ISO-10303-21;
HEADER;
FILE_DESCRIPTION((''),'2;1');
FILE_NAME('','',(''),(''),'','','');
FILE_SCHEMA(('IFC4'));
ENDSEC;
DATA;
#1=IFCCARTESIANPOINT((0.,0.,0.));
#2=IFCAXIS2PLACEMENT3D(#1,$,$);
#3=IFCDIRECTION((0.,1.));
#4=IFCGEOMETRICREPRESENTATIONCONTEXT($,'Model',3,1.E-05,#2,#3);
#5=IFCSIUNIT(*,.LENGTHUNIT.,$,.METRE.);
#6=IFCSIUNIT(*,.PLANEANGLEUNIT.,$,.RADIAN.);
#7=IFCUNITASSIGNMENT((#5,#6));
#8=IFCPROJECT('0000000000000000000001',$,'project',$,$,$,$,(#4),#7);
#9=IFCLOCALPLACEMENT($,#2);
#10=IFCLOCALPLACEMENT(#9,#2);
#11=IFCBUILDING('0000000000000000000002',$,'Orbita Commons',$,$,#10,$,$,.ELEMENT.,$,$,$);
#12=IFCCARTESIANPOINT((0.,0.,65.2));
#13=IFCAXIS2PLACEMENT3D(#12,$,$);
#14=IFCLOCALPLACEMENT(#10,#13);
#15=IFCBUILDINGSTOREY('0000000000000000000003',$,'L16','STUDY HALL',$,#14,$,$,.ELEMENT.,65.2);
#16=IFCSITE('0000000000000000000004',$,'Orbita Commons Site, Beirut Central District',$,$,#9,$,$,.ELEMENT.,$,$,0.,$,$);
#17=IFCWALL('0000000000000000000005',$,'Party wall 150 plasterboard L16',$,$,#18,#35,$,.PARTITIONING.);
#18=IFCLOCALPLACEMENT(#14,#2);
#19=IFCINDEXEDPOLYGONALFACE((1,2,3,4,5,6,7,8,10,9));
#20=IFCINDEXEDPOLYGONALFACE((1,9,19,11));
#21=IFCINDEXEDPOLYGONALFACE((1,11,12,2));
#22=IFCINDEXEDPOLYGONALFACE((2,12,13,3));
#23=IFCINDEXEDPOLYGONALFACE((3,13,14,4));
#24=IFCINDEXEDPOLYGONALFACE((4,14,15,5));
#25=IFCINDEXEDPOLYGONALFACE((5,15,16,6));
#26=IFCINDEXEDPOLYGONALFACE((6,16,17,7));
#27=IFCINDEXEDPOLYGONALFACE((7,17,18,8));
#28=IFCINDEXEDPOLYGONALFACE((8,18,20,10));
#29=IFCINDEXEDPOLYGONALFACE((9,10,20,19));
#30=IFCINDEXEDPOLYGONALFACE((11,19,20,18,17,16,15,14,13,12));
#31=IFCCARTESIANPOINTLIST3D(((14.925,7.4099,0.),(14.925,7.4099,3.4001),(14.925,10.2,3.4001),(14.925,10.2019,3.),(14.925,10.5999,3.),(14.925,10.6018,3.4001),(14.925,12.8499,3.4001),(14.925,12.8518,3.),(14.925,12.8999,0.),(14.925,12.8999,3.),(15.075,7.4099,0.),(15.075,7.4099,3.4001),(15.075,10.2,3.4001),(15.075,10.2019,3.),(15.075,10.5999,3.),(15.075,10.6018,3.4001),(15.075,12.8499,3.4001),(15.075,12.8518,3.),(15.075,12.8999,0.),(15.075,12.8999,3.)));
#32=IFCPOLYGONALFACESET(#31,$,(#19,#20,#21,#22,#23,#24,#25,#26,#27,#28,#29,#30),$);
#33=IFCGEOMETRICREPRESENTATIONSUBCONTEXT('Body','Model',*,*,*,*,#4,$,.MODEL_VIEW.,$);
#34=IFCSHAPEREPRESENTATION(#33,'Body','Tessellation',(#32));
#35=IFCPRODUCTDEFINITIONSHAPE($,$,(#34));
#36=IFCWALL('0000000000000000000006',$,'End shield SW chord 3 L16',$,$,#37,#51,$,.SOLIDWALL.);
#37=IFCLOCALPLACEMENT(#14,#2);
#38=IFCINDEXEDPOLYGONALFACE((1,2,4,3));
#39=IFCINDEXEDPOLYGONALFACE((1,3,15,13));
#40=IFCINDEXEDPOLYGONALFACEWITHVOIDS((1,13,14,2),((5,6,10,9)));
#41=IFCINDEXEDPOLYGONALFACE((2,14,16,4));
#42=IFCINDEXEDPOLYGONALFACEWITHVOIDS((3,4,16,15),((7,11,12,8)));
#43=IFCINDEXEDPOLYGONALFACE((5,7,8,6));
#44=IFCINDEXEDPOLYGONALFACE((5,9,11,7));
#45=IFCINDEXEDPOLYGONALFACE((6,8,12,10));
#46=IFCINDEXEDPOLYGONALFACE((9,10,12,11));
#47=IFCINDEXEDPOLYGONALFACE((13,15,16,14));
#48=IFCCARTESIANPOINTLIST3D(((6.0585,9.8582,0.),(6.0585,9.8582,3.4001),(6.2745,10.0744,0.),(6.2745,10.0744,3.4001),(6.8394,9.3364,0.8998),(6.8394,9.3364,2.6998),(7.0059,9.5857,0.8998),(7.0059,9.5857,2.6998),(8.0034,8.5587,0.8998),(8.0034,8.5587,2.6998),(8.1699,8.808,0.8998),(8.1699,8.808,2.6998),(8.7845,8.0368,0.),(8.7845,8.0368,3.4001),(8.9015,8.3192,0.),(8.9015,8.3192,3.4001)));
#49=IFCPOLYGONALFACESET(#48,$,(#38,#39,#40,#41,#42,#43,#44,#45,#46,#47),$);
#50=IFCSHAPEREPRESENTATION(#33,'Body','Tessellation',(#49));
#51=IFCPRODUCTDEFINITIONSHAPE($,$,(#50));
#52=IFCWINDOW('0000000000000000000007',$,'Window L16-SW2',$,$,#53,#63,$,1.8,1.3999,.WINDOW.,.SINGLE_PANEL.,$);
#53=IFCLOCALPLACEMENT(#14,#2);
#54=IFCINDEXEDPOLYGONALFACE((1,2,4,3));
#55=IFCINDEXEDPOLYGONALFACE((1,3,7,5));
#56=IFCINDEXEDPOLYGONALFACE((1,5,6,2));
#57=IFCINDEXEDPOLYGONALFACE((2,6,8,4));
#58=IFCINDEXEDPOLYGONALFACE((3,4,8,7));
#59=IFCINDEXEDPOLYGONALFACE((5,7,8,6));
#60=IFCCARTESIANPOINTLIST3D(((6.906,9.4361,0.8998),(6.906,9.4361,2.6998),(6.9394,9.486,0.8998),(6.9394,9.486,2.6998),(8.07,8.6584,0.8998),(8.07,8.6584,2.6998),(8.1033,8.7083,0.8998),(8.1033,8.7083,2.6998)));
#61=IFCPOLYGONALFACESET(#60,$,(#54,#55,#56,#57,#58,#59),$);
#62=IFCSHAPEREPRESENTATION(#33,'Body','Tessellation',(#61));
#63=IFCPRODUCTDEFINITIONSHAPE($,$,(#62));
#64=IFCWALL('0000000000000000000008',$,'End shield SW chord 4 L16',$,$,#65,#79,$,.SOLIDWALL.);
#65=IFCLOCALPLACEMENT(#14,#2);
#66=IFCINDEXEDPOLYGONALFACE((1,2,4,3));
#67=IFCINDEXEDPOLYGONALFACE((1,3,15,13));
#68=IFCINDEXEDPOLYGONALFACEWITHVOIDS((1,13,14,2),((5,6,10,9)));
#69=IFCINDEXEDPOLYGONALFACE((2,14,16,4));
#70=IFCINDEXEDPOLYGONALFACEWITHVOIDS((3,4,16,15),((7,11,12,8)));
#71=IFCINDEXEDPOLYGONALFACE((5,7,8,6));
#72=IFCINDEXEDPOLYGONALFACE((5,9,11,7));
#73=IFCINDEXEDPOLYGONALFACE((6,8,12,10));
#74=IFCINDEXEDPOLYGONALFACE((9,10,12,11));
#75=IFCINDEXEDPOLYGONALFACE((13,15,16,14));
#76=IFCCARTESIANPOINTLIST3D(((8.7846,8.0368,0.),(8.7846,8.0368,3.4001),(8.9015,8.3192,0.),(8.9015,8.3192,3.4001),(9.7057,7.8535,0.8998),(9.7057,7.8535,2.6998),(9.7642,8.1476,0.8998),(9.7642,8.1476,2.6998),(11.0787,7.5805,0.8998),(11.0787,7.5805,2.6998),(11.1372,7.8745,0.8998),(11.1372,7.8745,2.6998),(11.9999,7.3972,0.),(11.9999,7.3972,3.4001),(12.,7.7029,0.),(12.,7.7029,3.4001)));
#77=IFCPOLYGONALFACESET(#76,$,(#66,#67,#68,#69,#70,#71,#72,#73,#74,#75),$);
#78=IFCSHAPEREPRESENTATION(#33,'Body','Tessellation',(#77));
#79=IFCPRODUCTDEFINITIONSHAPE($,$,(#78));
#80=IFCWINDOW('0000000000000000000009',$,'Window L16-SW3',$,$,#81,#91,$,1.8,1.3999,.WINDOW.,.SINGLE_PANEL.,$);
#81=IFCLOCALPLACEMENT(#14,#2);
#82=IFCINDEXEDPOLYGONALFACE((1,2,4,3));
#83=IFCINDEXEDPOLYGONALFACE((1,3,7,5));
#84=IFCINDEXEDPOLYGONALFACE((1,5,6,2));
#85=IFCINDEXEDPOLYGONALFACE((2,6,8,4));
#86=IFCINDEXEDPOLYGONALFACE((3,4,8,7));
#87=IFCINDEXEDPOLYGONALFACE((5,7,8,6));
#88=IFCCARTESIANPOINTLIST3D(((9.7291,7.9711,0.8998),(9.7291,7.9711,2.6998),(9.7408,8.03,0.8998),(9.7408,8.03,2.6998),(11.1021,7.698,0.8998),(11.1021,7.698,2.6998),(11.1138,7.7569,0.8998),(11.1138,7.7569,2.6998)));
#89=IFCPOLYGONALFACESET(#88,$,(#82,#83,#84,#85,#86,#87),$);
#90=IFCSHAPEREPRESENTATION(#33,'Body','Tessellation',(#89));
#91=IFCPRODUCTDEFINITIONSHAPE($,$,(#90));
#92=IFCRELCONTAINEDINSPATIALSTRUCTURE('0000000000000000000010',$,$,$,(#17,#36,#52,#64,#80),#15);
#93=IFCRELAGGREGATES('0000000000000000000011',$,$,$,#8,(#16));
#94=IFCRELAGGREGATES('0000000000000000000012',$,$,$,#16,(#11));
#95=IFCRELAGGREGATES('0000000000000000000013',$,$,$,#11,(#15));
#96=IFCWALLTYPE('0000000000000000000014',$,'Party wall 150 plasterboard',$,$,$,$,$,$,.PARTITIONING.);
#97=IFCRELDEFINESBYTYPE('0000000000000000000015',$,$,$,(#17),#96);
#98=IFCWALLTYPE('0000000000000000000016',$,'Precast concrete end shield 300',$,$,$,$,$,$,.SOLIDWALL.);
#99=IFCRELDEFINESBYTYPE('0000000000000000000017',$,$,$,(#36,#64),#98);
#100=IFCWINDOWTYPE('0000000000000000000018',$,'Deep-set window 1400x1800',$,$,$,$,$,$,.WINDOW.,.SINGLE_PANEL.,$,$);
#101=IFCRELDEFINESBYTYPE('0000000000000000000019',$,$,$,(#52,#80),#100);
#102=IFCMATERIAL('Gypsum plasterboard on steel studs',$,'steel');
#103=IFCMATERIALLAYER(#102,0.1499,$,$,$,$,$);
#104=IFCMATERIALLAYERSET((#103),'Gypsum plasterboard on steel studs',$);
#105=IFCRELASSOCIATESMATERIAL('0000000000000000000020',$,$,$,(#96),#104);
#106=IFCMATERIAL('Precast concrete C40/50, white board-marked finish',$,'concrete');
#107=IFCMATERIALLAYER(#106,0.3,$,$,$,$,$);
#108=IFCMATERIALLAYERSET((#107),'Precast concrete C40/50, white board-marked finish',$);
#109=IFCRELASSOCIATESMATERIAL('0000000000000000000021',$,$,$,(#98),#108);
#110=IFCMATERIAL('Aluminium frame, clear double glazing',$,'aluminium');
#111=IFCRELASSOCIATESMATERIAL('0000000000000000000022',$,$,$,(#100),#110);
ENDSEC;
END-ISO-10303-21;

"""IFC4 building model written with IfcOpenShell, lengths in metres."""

from ifc_helpers import new_model, si_unit, direction, frame, frame_2d, origin, place, context, subcontext, project, spatial, polyline, rectangle, outline, extrude, material, layer, layer_set, type_object, element, fill, save


model = new_model("IFC4")

# Units and contexts
model_context = context("Model", 3, precision=1e-05, world=origin(), true_north=direction((0.0, 1.0)))
body_context = subcontext(model_context, "Body", "Model", "MODEL_VIEW")
ifc_project = project(units=[si_unit("LENGTHUNIT", "METRE"), si_unit("PLANEANGLEUNIT", "RADIAN")], contexts=[model_context])

# Site, building, storey
site_placement = place(None, origin())
site = spatial("IfcSite", under=ifc_project, at=site_placement, Name="Orbita Commons Site, Beirut Central District", CompositionType="ELEMENT", RefElevation=0.0)
building_placement = place(site_placement, origin())
building = spatial("IfcBuilding", under=site, at=building_placement, Name="Orbita Commons", CompositionType="ELEMENT")
storey_placement = place(building_placement, frame((0.0, 0.0, 65.2)))
storey = spatial("IfcBuildingStorey", under=building, at=storey_placement, Name="L16", Description="STUDY HALL", CompositionType="ELEMENT", Elevation=65.2)

# Wall
ifc_material_1 = material(Name="Gypsum plasterboard on steel studs", Category="steel")
ifc_layer_1 = layer(ifc_material_1, 0.1499)
ifc_layer_set_1 = layer_set([ifc_layer_1], Name="Gypsum plasterboard on steel studs")
wall_type_1 = type_object("IfcWallType", Name="Party wall 150 plasterboard", PredefinedType="PARTITIONING", material=ifc_layer_set_1)
wall_1_placement = place(storey_placement, frame((15.0, 7.4099, 0.0), z_axis=(0.0, 0.0, 1.0), x_axis=(0.0, 1.0, 0.0)))
element("IfcWall", 1, at=wall_1_placement, inside=storey, type_object=wall_type_1, Name="Party wall 150 plasterboard L16", PredefinedType="PARTITIONING", context=body_context, shape_type="SweptSolid", body=[
    extrude(outline(polyline([(0.0, 0.0), (5.49, 0.0), (5.49, 3.0), (5.4419, 3.0), (5.4399, 3.4001), (3.1919, 3.4001), (3.1899, 3.0), (2.792, 3.0), (2.79, 3.4001), (0.0, 3.4001), (0.0, 0.0)])), frame((0.0, 0.075, 0.0), z_axis=(0.0, -1.0, 0.0), x_axis=(1.0, 0.0, 0.0)), (0.0, 0.0, 1.0), 0.1499),
])

# Walls, openings, windows
ifc_material_2 = material(Name="Precast concrete C40/50, white board-marked finish", Category="concrete")
ifc_layer_2 = layer(ifc_material_2, 0.3)
ifc_layer_set_2 = layer_set([ifc_layer_2], Name="Precast concrete C40/50, white board-marked finish")
wall_type_2 = type_object("IfcWallType", Name="Precast concrete end shield 300", PredefinedType="SOLIDWALL", material=ifc_layer_set_2)
wall_2_placement = place(storey_placement, frame((6.1665, 9.9663, 0.0), z_axis=(0.0, 0.0, 1.0), x_axis=(0.831478, -0.555558, 0.0)))
wall_2 = element("IfcWall", 2, at=wall_2_placement, inside=storey, type_object=wall_type_2, Name="End shield SW chord 3 L16", PredefinedType="SOLIDWALL", context=body_context, shape_type="SweptSolid", body=[
    extrude(outline(polyline([(-0.0298, -0.1499), (3.2488, -0.1499), (3.1892, 0.1499), (0.0298, 0.1499), (-0.0298, -0.1499)])), origin(), (0.0, 0.0, 1.0), 3.4001),
])
opening_1_placement = place(wall_2_placement, frame((0.9094, 0.0, 0.8999)))
opening_1 = element("IfcOpeningElement", 3, at=opening_1_placement, cuts=wall_2, PredefinedType="OPENING", context=body_context, shape_type="SweptSolid", body=[
    extrude(rectangle(XDim=1.3999, YDim=1.8, at=frame_2d((0.7, 0.8999))), frame((0.0, 0.1599, 0.0), z_axis=(0.0, -1.0, 0.0), x_axis=(1.0, 0.0, 0.0)), (0.0, 0.0, 1.0), 0.3201),
])
ifc_material_3 = material(Name="Aluminium frame, clear double glazing", Category="aluminium")
window_type = type_object("IfcWindowType", Name="Deep-set window 1400x1800", PartitioningType="SINGLE_PANEL", PredefinedType="WINDOW", material=ifc_material_3)
window_1_placement = place(opening_1_placement, origin())
window_1 = element("IfcWindow", 4, at=window_1_placement, inside=storey, type_object=window_type, Name="Window L16-SW2", OverallHeight=1.8, OverallWidth=1.3999, PartitioningType="SINGLE_PANEL", PredefinedType="WINDOW", context=body_context, shape_type="SweptSolid", body=[
    extrude(rectangle(XDim=1.3999, YDim=1.8, at=frame_2d((0.7, 0.8999))), frame((0.0, 0.03, 0.0), z_axis=(0.0, -1.0, 0.0), x_axis=(1.0, 0.0, 0.0)), (0.0, 0.0, 1.0), 0.0601),
])
fill(opening_1, window_1)
wall_3_placement = place(storey_placement, frame((8.843, 8.178, 0.0), z_axis=(0.0, 0.0, 1.0), x_axis=(0.980787, -0.19508, 0.0)))
wall_3 = element("IfcWall", 5, at=wall_3_placement, inside=storey, type_object=wall_type_2, Name="End shield SW chord 4 L16", PredefinedType="SOLIDWALL", context=body_context, shape_type="SweptSolid", body=[
    extrude(outline(polyline([(-0.0298, -0.1499), (3.2485, -0.1499), (3.189, 0.1499), (0.0298, 0.1499), (-0.0298, -0.1499)])), origin(), (0.0, 0.0, 1.0), 3.4001),
])
opening_2_placement = place(wall_3_placement, frame((0.9094, 0.0, 0.8999)))
opening_2 = element("IfcOpeningElement", 6, at=opening_2_placement, cuts=wall_3, PredefinedType="OPENING", context=body_context, shape_type="SweptSolid", body=[
    extrude(rectangle(XDim=1.3999, YDim=1.8, at=frame_2d((0.7, 0.8999))), frame((0.0, 0.1599, 0.0), z_axis=(0.0, -1.0, 0.0), x_axis=(1.0, 0.0, 0.0)), (0.0, 0.0, 1.0), 0.3201),
])
window_2_placement = place(opening_2_placement, origin())
window_2 = element("IfcWindow", 7, at=window_2_placement, inside=storey, type_object=window_type, Name="Window L16-SW3", OverallHeight=1.8, OverallWidth=1.3999, PartitioningType="SINGLE_PANEL", PredefinedType="WINDOW", context=body_context, shape_type="SweptSolid", body=[
    extrude(rectangle(XDim=1.3999, YDim=1.8, at=frame_2d((0.7, 0.8999))), frame((0.0, 0.03, 0.0), z_axis=(0.0, -1.0, 0.0), x_axis=(1.0, 0.0, 0.0)), (0.0, 0.0, 1.0), 0.0601),
])
fill(opening_2, window_2)

save(model, "model.ifc")
